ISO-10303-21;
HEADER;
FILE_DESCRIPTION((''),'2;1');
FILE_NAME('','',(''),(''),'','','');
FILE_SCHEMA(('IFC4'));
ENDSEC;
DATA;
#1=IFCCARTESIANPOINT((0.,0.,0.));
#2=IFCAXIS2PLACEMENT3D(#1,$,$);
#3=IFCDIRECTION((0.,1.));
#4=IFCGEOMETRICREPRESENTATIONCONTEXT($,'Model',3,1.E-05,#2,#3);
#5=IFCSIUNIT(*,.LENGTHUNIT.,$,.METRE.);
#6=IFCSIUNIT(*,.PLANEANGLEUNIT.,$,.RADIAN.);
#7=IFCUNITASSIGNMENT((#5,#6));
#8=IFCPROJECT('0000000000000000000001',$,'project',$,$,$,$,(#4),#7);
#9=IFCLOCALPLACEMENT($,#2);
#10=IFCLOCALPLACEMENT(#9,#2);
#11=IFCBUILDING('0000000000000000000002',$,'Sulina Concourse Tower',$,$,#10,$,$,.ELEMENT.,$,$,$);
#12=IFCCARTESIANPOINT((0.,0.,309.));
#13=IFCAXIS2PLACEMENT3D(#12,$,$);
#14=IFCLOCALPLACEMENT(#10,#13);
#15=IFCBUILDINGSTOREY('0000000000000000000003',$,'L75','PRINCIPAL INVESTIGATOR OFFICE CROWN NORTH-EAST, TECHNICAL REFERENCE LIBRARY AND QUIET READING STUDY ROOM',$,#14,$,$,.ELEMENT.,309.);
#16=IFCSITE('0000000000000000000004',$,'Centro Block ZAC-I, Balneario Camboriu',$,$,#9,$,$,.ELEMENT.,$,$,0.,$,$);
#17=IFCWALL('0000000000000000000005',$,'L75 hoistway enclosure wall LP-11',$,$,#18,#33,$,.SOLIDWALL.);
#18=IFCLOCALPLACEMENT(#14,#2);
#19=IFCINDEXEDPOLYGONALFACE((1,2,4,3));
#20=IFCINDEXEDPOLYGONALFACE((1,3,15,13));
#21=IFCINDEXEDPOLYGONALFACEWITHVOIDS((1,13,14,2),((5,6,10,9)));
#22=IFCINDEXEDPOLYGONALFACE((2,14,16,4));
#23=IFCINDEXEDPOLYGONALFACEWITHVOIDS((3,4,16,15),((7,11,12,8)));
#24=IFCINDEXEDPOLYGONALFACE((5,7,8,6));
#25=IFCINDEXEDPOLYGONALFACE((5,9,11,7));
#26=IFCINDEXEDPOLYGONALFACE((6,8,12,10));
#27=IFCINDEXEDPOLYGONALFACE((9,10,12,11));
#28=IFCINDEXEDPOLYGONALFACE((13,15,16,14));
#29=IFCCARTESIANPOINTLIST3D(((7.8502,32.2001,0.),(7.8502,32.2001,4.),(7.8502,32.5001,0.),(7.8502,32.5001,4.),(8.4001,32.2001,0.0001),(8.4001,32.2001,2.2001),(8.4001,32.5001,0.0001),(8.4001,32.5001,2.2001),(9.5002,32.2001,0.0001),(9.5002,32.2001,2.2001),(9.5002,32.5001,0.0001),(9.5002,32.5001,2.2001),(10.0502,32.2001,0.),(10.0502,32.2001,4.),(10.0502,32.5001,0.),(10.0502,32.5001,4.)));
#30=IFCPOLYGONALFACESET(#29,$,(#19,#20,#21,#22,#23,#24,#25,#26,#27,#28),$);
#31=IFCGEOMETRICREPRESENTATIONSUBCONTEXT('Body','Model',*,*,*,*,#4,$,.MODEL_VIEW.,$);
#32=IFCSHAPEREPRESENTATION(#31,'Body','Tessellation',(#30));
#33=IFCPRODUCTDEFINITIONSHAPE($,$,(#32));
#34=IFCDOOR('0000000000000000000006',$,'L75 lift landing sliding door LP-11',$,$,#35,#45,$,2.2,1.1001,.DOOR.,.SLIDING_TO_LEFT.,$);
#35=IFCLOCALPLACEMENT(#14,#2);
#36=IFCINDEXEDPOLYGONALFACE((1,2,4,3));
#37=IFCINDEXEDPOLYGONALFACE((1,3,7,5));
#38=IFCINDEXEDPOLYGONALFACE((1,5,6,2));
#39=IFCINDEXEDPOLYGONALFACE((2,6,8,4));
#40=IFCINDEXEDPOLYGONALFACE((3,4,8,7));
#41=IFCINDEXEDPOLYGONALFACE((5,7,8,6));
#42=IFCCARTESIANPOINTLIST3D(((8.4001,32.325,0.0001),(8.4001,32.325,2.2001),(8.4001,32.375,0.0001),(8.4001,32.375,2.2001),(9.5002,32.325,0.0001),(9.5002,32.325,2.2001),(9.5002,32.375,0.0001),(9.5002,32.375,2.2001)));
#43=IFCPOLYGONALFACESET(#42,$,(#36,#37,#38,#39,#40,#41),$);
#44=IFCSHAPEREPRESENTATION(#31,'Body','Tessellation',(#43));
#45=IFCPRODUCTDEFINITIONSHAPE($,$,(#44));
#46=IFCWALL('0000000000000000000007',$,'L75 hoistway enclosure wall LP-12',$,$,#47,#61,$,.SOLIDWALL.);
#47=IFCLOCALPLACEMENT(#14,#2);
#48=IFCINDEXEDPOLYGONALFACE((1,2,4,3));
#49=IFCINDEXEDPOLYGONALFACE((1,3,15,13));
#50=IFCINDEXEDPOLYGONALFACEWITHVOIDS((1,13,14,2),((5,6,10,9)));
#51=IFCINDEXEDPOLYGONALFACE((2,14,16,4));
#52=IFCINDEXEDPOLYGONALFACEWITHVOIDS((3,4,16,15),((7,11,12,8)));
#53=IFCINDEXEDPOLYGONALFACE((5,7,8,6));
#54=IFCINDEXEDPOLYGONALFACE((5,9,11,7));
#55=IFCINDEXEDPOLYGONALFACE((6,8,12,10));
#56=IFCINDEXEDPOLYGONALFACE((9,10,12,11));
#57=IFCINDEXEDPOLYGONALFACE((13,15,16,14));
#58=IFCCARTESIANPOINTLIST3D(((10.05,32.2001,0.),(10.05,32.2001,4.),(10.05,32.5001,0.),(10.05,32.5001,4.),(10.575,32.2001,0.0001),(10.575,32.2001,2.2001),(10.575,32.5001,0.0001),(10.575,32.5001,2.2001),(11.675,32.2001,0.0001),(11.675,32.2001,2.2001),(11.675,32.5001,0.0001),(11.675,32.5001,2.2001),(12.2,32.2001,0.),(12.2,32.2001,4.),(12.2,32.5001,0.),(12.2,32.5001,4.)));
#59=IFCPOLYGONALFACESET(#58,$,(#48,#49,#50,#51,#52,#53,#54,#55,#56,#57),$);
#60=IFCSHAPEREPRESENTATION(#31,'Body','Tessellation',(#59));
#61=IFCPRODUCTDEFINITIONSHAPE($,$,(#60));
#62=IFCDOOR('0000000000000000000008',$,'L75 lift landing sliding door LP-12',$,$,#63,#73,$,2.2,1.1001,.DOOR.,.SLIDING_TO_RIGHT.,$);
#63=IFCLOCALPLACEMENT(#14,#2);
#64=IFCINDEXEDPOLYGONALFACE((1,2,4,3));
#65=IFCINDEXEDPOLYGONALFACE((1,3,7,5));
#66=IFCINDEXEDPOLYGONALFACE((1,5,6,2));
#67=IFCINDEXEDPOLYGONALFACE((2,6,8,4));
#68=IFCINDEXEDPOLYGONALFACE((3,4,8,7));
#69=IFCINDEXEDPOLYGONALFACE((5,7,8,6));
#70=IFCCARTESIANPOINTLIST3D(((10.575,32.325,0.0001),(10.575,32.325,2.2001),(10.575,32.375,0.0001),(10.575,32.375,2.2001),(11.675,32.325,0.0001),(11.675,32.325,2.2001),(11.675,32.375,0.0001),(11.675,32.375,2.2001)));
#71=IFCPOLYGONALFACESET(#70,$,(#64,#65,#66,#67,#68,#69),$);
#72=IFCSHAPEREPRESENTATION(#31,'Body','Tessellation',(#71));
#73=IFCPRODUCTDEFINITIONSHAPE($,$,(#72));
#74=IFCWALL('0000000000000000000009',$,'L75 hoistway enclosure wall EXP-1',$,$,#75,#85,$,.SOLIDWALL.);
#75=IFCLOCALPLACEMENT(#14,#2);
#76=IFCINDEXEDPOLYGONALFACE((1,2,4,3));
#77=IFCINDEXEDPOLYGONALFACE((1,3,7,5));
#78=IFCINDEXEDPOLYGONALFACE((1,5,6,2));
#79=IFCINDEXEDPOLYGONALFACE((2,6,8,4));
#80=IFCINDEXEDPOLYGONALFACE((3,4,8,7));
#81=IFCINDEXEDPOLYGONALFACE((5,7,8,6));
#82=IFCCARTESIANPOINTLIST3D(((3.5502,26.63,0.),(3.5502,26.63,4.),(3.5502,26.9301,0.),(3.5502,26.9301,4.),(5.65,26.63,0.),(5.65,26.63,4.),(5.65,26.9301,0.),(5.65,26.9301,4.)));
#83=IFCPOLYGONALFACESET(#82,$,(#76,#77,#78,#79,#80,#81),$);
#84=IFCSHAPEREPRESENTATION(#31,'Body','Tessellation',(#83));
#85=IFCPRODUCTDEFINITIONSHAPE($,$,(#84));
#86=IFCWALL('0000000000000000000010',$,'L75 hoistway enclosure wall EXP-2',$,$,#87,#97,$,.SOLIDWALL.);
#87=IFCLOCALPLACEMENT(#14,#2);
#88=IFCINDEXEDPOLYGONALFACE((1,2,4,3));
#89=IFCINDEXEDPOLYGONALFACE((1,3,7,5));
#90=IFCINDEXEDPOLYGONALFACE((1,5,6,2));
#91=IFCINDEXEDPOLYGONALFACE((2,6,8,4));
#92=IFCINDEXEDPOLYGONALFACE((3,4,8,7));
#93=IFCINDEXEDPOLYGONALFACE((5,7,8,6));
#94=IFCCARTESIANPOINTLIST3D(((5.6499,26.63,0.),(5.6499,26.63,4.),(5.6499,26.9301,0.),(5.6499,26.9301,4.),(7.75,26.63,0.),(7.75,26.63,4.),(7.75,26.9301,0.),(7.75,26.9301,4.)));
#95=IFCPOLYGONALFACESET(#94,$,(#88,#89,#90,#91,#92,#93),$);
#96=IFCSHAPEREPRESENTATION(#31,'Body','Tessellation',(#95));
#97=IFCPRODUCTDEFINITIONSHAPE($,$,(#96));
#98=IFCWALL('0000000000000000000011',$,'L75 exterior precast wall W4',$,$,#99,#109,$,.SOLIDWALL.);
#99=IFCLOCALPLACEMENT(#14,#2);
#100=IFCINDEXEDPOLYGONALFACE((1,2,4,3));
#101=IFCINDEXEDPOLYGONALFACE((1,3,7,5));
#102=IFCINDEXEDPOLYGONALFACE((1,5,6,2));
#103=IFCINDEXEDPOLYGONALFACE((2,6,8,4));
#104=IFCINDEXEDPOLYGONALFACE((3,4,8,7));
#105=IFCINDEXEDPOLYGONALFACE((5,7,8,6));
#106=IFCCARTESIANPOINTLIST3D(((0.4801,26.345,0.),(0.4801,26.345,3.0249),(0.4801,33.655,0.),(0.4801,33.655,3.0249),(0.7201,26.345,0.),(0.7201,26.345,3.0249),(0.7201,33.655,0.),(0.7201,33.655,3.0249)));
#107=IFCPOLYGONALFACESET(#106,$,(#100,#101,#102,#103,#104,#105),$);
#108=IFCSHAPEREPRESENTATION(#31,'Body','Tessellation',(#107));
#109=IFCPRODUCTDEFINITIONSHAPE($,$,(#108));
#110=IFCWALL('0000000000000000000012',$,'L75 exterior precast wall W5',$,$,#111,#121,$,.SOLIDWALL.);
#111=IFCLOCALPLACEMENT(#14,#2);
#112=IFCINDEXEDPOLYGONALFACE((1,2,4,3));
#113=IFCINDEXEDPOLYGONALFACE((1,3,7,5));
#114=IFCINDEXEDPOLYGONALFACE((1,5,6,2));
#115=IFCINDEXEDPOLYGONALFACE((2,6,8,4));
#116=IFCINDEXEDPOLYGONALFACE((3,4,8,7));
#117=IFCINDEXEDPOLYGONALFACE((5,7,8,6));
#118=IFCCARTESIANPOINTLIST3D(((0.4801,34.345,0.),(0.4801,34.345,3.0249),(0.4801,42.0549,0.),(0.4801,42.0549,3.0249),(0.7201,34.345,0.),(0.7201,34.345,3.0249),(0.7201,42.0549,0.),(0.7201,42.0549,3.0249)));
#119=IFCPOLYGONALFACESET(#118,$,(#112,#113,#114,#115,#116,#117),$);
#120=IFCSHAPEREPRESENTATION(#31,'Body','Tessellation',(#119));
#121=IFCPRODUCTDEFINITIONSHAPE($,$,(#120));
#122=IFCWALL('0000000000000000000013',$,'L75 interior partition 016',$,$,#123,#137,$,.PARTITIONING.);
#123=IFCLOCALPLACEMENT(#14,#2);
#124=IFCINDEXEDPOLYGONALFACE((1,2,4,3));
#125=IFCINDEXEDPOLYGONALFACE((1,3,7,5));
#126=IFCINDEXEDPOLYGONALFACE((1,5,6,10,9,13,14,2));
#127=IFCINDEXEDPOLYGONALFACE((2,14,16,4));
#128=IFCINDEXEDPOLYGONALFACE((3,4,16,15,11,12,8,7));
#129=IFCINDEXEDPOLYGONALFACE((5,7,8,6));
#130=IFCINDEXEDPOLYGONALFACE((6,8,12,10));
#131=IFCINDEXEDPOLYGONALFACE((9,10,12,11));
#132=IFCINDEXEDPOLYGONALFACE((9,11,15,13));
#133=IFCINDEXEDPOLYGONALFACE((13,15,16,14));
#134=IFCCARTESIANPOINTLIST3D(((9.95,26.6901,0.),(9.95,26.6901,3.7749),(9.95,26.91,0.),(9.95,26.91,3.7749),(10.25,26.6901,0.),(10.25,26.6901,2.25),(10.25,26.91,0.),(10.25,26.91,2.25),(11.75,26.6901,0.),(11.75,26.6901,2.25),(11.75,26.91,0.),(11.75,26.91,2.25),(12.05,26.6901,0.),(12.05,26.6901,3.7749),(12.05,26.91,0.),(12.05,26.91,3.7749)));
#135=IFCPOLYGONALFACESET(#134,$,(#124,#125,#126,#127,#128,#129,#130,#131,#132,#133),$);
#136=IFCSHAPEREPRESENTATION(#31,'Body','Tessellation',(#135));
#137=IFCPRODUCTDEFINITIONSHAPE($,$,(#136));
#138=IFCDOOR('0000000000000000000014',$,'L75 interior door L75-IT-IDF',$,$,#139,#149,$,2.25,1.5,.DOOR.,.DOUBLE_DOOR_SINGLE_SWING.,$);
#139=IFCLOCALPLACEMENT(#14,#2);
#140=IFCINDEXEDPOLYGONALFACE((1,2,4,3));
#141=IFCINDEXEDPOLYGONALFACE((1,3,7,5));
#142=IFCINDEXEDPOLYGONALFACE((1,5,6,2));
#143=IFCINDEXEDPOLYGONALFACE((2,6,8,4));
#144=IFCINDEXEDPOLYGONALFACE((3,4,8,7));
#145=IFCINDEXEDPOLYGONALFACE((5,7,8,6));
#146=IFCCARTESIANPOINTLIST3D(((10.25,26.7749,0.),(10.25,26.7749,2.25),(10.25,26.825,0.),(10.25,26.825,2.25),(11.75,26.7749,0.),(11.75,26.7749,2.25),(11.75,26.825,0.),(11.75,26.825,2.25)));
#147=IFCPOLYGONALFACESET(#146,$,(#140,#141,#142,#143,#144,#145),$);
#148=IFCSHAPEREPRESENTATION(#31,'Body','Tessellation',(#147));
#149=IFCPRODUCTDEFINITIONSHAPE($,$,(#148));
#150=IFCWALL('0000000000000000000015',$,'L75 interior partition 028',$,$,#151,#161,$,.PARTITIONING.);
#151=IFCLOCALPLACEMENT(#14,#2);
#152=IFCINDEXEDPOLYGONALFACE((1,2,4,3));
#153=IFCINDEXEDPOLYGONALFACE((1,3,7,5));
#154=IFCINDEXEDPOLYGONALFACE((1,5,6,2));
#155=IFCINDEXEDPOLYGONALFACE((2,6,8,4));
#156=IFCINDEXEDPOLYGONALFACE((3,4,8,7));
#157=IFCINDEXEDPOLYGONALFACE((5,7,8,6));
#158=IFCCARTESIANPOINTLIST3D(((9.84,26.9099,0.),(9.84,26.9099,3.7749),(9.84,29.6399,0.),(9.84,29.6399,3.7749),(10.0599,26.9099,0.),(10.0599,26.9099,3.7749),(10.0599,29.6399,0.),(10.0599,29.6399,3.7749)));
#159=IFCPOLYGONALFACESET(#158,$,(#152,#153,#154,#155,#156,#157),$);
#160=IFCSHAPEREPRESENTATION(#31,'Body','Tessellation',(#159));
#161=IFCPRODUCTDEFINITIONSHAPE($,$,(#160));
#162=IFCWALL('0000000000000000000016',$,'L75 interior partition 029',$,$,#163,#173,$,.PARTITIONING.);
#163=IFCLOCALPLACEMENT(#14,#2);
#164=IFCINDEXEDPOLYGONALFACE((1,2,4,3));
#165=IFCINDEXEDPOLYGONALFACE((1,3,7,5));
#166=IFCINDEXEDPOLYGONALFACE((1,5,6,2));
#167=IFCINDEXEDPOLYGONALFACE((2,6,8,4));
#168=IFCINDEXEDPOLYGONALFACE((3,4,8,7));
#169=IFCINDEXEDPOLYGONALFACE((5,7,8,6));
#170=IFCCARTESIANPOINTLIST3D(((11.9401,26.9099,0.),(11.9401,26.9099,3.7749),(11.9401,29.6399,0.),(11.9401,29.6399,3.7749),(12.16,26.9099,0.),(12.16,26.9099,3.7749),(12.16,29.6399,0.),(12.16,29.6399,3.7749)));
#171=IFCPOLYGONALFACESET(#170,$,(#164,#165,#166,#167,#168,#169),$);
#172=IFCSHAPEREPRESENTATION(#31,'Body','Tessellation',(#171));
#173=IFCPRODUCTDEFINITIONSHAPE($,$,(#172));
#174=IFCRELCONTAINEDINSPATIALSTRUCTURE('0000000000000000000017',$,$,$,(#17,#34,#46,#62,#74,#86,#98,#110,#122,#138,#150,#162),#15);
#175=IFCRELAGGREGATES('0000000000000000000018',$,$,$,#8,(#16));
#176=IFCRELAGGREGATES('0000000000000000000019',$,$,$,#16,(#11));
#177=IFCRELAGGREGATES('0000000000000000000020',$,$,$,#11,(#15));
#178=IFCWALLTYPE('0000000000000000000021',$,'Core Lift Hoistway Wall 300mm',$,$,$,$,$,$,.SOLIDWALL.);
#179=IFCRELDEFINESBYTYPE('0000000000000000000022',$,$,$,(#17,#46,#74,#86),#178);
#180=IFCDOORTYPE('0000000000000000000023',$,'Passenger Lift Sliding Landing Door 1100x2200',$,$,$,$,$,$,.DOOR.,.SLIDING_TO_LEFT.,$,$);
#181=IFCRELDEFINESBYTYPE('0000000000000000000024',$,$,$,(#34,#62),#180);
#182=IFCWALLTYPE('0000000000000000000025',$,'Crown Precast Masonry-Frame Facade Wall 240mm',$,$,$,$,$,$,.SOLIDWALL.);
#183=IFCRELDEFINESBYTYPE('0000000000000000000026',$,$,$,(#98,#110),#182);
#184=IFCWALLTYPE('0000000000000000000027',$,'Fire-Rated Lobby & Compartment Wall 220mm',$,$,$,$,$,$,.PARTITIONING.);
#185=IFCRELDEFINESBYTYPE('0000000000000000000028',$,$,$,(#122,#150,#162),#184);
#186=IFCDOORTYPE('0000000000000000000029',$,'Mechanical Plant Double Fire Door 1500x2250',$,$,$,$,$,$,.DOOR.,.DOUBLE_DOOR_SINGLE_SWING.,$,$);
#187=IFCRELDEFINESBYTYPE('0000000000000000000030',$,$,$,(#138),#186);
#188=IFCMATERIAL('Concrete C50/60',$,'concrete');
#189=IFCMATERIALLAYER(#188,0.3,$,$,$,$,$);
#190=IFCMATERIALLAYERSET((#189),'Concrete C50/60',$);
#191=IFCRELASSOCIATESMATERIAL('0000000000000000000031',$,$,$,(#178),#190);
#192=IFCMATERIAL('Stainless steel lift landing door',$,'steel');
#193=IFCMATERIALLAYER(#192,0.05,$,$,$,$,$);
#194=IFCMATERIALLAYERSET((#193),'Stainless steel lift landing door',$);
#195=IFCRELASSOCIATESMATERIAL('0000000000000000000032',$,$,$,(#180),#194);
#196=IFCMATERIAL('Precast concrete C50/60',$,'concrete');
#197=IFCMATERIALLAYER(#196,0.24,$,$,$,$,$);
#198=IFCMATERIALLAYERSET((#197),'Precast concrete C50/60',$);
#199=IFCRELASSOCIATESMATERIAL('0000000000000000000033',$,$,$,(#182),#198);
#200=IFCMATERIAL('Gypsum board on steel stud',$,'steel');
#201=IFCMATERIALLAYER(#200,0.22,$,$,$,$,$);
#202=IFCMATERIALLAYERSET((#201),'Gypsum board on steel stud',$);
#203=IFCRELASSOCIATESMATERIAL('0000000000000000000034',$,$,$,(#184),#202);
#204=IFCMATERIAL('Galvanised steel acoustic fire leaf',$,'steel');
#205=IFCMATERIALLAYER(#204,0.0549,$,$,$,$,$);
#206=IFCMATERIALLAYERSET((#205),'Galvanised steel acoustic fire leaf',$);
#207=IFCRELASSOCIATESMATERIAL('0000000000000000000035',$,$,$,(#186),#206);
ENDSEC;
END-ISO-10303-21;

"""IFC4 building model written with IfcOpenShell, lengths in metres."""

from ifc_helpers import new_model, si_unit, direction, frame, frame_2d, origin, place, context, subcontext, project, spatial, rectangle, extrude, material, layer, layer_set, type_object, element, fill, save


model = new_model("IFC4")

# Units and contexts
model_context = context("Model", 3, precision=1e-05, world=origin(), true_north=direction((0.0, 1.0)))
body_context = subcontext(model_context, "Body", "Model", "MODEL_VIEW")
ifc_project = project(units=[si_unit("LENGTHUNIT", "METRE"), si_unit("PLANEANGLEUNIT", "RADIAN")], contexts=[model_context])

# Site, building, storey
site_placement = place(None, origin())
site = spatial("IfcSite", under=ifc_project, at=site_placement, Name="Centro Block ZAC-I, Balneario Camboriu", CompositionType="ELEMENT", RefElevation=0.0)
building_placement = place(site_placement, origin())
building = spatial("IfcBuilding", under=site, at=building_placement, Name="Sulina Concourse Tower", CompositionType="ELEMENT")
storey_placement = place(building_placement, frame((0.0, 0.0, 309.0)))
storey = spatial("IfcBuildingStorey", under=building, at=storey_placement, Name="L75", Description="PRINCIPAL INVESTIGATOR OFFICE CROWN NORTH-EAST, TECHNICAL REFERENCE LIBRARY AND QUIET READING STUDY ROOM", CompositionType="ELEMENT", Elevation=309.0)

# Walls, openings, doors
ifc_material_1 = material(Name="Concrete C50/60", Category="concrete")
ifc_layer_1 = layer(ifc_material_1, 0.3)
ifc_layer_set_1 = layer_set([ifc_layer_1], Name="Concrete C50/60")
wall_type_1 = type_object("IfcWallType", Name="Core Lift Hoistway Wall 300mm", PredefinedType="SOLIDWALL", material=ifc_layer_set_1)
ifc_material_2 = material(Name="Stainless steel lift landing door", Category="steel")
ifc_layer_2 = layer(ifc_material_2, 0.05)
ifc_layer_set_2 = layer_set([ifc_layer_2], Name="Stainless steel lift landing door")
door_type_1 = type_object("IfcDoorType", Name="Passenger Lift Sliding Landing Door 1100x2200", OperationType="SLIDING_TO_LEFT", PredefinedType="DOOR", material=ifc_layer_set_2)
wall_1_placement = place(storey_placement, frame((7.8501, 32.3501, 0.0), z_axis=(0.0, 0.0, 1.0), x_axis=(1.0, 0.0, 0.0)))
wall_1 = element("IfcWall", 1, at=wall_1_placement, inside=storey, type_object=wall_type_1, Name="L75 hoistway enclosure wall LP-11", PredefinedType="SOLIDWALL", context=body_context, shape_type="SweptSolid", body=[
    extrude(rectangle(XDim=2.2, YDim=0.3, at=frame_2d((1.1001, 0.0))), origin(), (0.0, 0.0, 1.0), 4.0),
])
opening_1_placement = place(wall_1_placement, frame((0.55, 0.0, 0.0)))
opening_1 = element("IfcOpeningElement", 2, at=opening_1_placement, cuts=wall_1, PredefinedType="OPENING", context=body_context, shape_type="SweptSolid", body=[
    extrude(rectangle(XDim=1.1001, YDim=2.2, at=frame_2d((0.55, 1.1001))), frame((0.0, 0.1599, 0.0), z_axis=(0.0, -1.0, 0.0), x_axis=(1.0, 0.0, 0.0)), (0.0, 0.0, 1.0), 0.3201),
])
door_1_placement = place(opening_1_placement, origin())
door_1 = element("IfcDoor", 3, at=door_1_placement, inside=storey, type_object=door_type_1, Name="L75 lift landing sliding door LP-11", OperationType="SLIDING_TO_LEFT", OverallHeight=2.2, OverallWidth=1.1001, PredefinedType="DOOR", context=body_context, shape_type="SweptSolid", body=[
    extrude(rectangle(XDim=1.1001, YDim=2.2, at=frame_2d((0.55, 1.1001))), frame((0.0, 0.0249, 0.0), z_axis=(0.0, -1.0, 0.0), x_axis=(1.0, 0.0, 0.0)), (0.0, 0.0, 1.0), 0.05),
])
fill(opening_1, door_1)
wall_2_placement = place(storey_placement, frame((10.05, 32.3501, 0.0), z_axis=(0.0, 0.0, 1.0), x_axis=(1.0, 0.0, 0.0)))
wall_2 = element("IfcWall", 4, at=wall_2_placement, inside=storey, type_object=wall_type_1, Name="L75 hoistway enclosure wall LP-12", PredefinedType="SOLIDWALL", context=body_context, shape_type="SweptSolid", body=[
    extrude(rectangle(XDim=2.1499, YDim=0.3, at=frame_2d((1.075, 0.0))), origin(), (0.0, 0.0, 1.0), 4.0),
])
opening_2_placement = place(wall_2_placement, frame((0.5249, 0.0, 0.0)))
opening_2 = element("IfcOpeningElement", 5, at=opening_2_placement, cuts=wall_2, PredefinedType="OPENING", context=body_context, shape_type="SweptSolid", body=[
    extrude(rectangle(XDim=1.1001, YDim=2.2, at=frame_2d((0.55, 1.1001))), frame((0.0, 0.1599, 0.0), z_axis=(0.0, -1.0, 0.0), x_axis=(1.0, 0.0, 0.0)), (0.0, 0.0, 1.0), 0.3201),
])
door_2_placement = place(opening_2_placement, origin())
door_2 = element("IfcDoor", 6, at=door_2_placement, inside=storey, type_object=door_type_1, Name="L75 lift landing sliding door LP-12", OperationType="SLIDING_TO_RIGHT", OverallHeight=2.2, OverallWidth=1.1001, PredefinedType="DOOR", context=body_context, shape_type="SweptSolid", body=[
    extrude(rectangle(XDim=1.1001, YDim=2.2, at=frame_2d((0.55, 1.1001))), frame((0.0, 0.0249, 0.0), z_axis=(0.0, -1.0, 0.0), x_axis=(1.0, 0.0, 0.0)), (0.0, 0.0, 1.0), 0.05),
])
fill(opening_2, door_2)

# Walls
wall_3_placement = place(storey_placement, frame((5.6499, 26.78, 0.0), z_axis=(0.0, 0.0, 1.0), x_axis=(-1.0, 0.0, 0.0)))
element("IfcWall", 7, at=wall_3_placement, inside=storey, type_object=wall_type_1, Name="L75 hoistway enclosure wall EXP-1", PredefinedType="SOLIDWALL", context=body_context, shape_type="SweptSolid", body=[
    extrude(rectangle(XDim=2.0999, YDim=0.3, at=frame_2d((1.0498, 0.0))), origin(), (0.0, 0.0, 1.0), 4.0),
])
wall_4_placement = place(storey_placement, frame((7.75, 26.78, 0.0), z_axis=(0.0, 0.0, 1.0), x_axis=(-1.0, 0.0, 0.0)))
element("IfcWall", 8, at=wall_4_placement, inside=storey, type_object=wall_type_1, Name="L75 hoistway enclosure wall EXP-2", PredefinedType="SOLIDWALL", context=body_context, shape_type="SweptSolid", body=[
    extrude(rectangle(XDim=2.1001, YDim=0.3, at=frame_2d((1.05, 0.0))), origin(), (0.0, 0.0, 1.0), 4.0),
])
ifc_material_3 = material(Name="Precast concrete C50/60", Category="concrete")
ifc_layer_3 = layer(ifc_material_3, 0.24)
ifc_layer_set_3 = layer_set([ifc_layer_3], Name="Precast concrete C50/60")
wall_type_2 = type_object("IfcWallType", Name="Crown Precast Masonry-Frame Facade Wall 240mm", PredefinedType="SOLIDWALL", material=ifc_layer_set_3)
wall_5_placement = place(storey_placement, frame((0.6001, 26.345, 0.0), z_axis=(0.0, 0.0, 1.0), x_axis=(0.0, 1.0, 0.0)))
element("IfcWall", 9, at=wall_5_placement, inside=storey, type_object=wall_type_2, Name="L75 exterior precast wall W4", PredefinedType="SOLIDWALL", context=body_context, shape_type="SweptSolid", body=[
    extrude(rectangle(XDim=7.3101, YDim=0.24, at=frame_2d((3.655, 0.0))), origin(), (0.0, 0.0, 1.0), 3.0249),
])
wall_6_placement = place(storey_placement, frame((0.6001, 34.345, 0.0), z_axis=(0.0, 0.0, 1.0), x_axis=(0.0, 1.0, 0.0)))
element("IfcWall", 10, at=wall_6_placement, inside=storey, type_object=wall_type_2, Name="L75 exterior precast wall W5", PredefinedType="SOLIDWALL", context=body_context, shape_type="SweptSolid", body=[
    extrude(rectangle(XDim=7.71, YDim=0.24, at=frame_2d((3.855, 0.0))), origin(), (0.0, 0.0, 1.0), 3.0249),
])

# Wall, opening, door
ifc_material_4 = material(Name="Gypsum board on steel stud", Category="steel")
ifc_layer_4 = layer(ifc_material_4, 0.22)
ifc_layer_set_4 = layer_set([ifc_layer_4], Name="Gypsum board on steel stud")
wall_type_3 = type_object("IfcWallType", Name="Fire-Rated Lobby & Compartment Wall 220mm", PredefinedType="PARTITIONING", material=ifc_layer_set_4)
wall_7_placement = place(storey_placement, frame((9.95, 26.8, 0.0), z_axis=(0.0, 0.0, 1.0), x_axis=(1.0, 0.0, 0.0)))
wall_7 = element("IfcWall", 11, at=wall_7_placement, inside=storey, type_object=wall_type_3, Name="L75 interior partition 016", PredefinedType="PARTITIONING", context=body_context, shape_type="SweptSolid", body=[
    extrude(rectangle(XDim=2.1001, YDim=0.22, at=frame_2d((1.05, 0.0))), origin(), (0.0, 0.0, 1.0), 3.7749),
])
opening_3_placement = place(wall_7_placement, frame((0.3, 0.0, 0.0)))
opening_3 = element("IfcOpeningElement", 12, at=opening_3_placement, cuts=wall_7, PredefinedType="OPENING", context=body_context, shape_type="SweptSolid", body=[
    extrude(rectangle(XDim=1.5, YDim=2.25, at=frame_2d((0.75, 1.125))), frame((0.0, 0.1199, 0.0), z_axis=(0.0, -1.0, 0.0), x_axis=(1.0, 0.0, 0.0)), (0.0, 0.0, 1.0), 0.24),
])
ifc_material_5 = material(Name="Galvanised steel acoustic fire leaf", Category="steel")
ifc_layer_5 = layer(ifc_material_5, 0.0549)
ifc_layer_set_5 = layer_set([ifc_layer_5], Name="Galvanised steel acoustic fire leaf")
door_type_2 = type_object("IfcDoorType", Name="Mechanical Plant Double Fire Door 1500x2250", OperationType="DOUBLE_DOOR_SINGLE_SWING", PredefinedType="DOOR", material=ifc_layer_set_5)
door_3_placement = place(opening_3_placement, origin())
door_3 = element("IfcDoor", 13, at=door_3_placement, inside=storey, type_object=door_type_2, Name="L75 interior door L75-IT-IDF", OperationType="DOUBLE_DOOR_SINGLE_SWING", OverallHeight=2.25, OverallWidth=1.5, PredefinedType="DOOR", context=body_context, shape_type="SweptSolid", body=[
    extrude(rectangle(XDim=1.5, YDim=2.25, at=frame_2d((0.75, 1.125))), frame((0.0, 0.0249, 0.0), z_axis=(0.0, -1.0, 0.0), x_axis=(1.0, 0.0, 0.0)), (0.0, 0.0, 1.0), 0.05),
])
fill(opening_3, door_3)

# Walls
for number, where, z_axis, x_axis, name in (
    (14, (9.95, 26.9099, 0.0), (0.0, 0.0, 1.0), (0.0, 1.0, 0.0), "L75 interior partition 028"),
    (15, (12.05, 26.9099, 0.0), (0.0, 0.0, 1.0), (0.0, 1.0, 0.0), "L75 interior partition 029"),
):
    element("IfcWall", number, at=place(storey_placement, frame(where, z_axis=z_axis, x_axis=x_axis)), inside=storey, type_object=wall_type_3, Name=name, PredefinedType="PARTITIONING", context=body_context, shape_type="SweptSolid", body=[
        extrude(rectangle(XDim=2.73, YDim=0.22, at=frame_2d((1.365, 0.0))), origin(), (0.0, 0.0, 1.0), 3.7749),
    ])

save(model, "model.ifc")
